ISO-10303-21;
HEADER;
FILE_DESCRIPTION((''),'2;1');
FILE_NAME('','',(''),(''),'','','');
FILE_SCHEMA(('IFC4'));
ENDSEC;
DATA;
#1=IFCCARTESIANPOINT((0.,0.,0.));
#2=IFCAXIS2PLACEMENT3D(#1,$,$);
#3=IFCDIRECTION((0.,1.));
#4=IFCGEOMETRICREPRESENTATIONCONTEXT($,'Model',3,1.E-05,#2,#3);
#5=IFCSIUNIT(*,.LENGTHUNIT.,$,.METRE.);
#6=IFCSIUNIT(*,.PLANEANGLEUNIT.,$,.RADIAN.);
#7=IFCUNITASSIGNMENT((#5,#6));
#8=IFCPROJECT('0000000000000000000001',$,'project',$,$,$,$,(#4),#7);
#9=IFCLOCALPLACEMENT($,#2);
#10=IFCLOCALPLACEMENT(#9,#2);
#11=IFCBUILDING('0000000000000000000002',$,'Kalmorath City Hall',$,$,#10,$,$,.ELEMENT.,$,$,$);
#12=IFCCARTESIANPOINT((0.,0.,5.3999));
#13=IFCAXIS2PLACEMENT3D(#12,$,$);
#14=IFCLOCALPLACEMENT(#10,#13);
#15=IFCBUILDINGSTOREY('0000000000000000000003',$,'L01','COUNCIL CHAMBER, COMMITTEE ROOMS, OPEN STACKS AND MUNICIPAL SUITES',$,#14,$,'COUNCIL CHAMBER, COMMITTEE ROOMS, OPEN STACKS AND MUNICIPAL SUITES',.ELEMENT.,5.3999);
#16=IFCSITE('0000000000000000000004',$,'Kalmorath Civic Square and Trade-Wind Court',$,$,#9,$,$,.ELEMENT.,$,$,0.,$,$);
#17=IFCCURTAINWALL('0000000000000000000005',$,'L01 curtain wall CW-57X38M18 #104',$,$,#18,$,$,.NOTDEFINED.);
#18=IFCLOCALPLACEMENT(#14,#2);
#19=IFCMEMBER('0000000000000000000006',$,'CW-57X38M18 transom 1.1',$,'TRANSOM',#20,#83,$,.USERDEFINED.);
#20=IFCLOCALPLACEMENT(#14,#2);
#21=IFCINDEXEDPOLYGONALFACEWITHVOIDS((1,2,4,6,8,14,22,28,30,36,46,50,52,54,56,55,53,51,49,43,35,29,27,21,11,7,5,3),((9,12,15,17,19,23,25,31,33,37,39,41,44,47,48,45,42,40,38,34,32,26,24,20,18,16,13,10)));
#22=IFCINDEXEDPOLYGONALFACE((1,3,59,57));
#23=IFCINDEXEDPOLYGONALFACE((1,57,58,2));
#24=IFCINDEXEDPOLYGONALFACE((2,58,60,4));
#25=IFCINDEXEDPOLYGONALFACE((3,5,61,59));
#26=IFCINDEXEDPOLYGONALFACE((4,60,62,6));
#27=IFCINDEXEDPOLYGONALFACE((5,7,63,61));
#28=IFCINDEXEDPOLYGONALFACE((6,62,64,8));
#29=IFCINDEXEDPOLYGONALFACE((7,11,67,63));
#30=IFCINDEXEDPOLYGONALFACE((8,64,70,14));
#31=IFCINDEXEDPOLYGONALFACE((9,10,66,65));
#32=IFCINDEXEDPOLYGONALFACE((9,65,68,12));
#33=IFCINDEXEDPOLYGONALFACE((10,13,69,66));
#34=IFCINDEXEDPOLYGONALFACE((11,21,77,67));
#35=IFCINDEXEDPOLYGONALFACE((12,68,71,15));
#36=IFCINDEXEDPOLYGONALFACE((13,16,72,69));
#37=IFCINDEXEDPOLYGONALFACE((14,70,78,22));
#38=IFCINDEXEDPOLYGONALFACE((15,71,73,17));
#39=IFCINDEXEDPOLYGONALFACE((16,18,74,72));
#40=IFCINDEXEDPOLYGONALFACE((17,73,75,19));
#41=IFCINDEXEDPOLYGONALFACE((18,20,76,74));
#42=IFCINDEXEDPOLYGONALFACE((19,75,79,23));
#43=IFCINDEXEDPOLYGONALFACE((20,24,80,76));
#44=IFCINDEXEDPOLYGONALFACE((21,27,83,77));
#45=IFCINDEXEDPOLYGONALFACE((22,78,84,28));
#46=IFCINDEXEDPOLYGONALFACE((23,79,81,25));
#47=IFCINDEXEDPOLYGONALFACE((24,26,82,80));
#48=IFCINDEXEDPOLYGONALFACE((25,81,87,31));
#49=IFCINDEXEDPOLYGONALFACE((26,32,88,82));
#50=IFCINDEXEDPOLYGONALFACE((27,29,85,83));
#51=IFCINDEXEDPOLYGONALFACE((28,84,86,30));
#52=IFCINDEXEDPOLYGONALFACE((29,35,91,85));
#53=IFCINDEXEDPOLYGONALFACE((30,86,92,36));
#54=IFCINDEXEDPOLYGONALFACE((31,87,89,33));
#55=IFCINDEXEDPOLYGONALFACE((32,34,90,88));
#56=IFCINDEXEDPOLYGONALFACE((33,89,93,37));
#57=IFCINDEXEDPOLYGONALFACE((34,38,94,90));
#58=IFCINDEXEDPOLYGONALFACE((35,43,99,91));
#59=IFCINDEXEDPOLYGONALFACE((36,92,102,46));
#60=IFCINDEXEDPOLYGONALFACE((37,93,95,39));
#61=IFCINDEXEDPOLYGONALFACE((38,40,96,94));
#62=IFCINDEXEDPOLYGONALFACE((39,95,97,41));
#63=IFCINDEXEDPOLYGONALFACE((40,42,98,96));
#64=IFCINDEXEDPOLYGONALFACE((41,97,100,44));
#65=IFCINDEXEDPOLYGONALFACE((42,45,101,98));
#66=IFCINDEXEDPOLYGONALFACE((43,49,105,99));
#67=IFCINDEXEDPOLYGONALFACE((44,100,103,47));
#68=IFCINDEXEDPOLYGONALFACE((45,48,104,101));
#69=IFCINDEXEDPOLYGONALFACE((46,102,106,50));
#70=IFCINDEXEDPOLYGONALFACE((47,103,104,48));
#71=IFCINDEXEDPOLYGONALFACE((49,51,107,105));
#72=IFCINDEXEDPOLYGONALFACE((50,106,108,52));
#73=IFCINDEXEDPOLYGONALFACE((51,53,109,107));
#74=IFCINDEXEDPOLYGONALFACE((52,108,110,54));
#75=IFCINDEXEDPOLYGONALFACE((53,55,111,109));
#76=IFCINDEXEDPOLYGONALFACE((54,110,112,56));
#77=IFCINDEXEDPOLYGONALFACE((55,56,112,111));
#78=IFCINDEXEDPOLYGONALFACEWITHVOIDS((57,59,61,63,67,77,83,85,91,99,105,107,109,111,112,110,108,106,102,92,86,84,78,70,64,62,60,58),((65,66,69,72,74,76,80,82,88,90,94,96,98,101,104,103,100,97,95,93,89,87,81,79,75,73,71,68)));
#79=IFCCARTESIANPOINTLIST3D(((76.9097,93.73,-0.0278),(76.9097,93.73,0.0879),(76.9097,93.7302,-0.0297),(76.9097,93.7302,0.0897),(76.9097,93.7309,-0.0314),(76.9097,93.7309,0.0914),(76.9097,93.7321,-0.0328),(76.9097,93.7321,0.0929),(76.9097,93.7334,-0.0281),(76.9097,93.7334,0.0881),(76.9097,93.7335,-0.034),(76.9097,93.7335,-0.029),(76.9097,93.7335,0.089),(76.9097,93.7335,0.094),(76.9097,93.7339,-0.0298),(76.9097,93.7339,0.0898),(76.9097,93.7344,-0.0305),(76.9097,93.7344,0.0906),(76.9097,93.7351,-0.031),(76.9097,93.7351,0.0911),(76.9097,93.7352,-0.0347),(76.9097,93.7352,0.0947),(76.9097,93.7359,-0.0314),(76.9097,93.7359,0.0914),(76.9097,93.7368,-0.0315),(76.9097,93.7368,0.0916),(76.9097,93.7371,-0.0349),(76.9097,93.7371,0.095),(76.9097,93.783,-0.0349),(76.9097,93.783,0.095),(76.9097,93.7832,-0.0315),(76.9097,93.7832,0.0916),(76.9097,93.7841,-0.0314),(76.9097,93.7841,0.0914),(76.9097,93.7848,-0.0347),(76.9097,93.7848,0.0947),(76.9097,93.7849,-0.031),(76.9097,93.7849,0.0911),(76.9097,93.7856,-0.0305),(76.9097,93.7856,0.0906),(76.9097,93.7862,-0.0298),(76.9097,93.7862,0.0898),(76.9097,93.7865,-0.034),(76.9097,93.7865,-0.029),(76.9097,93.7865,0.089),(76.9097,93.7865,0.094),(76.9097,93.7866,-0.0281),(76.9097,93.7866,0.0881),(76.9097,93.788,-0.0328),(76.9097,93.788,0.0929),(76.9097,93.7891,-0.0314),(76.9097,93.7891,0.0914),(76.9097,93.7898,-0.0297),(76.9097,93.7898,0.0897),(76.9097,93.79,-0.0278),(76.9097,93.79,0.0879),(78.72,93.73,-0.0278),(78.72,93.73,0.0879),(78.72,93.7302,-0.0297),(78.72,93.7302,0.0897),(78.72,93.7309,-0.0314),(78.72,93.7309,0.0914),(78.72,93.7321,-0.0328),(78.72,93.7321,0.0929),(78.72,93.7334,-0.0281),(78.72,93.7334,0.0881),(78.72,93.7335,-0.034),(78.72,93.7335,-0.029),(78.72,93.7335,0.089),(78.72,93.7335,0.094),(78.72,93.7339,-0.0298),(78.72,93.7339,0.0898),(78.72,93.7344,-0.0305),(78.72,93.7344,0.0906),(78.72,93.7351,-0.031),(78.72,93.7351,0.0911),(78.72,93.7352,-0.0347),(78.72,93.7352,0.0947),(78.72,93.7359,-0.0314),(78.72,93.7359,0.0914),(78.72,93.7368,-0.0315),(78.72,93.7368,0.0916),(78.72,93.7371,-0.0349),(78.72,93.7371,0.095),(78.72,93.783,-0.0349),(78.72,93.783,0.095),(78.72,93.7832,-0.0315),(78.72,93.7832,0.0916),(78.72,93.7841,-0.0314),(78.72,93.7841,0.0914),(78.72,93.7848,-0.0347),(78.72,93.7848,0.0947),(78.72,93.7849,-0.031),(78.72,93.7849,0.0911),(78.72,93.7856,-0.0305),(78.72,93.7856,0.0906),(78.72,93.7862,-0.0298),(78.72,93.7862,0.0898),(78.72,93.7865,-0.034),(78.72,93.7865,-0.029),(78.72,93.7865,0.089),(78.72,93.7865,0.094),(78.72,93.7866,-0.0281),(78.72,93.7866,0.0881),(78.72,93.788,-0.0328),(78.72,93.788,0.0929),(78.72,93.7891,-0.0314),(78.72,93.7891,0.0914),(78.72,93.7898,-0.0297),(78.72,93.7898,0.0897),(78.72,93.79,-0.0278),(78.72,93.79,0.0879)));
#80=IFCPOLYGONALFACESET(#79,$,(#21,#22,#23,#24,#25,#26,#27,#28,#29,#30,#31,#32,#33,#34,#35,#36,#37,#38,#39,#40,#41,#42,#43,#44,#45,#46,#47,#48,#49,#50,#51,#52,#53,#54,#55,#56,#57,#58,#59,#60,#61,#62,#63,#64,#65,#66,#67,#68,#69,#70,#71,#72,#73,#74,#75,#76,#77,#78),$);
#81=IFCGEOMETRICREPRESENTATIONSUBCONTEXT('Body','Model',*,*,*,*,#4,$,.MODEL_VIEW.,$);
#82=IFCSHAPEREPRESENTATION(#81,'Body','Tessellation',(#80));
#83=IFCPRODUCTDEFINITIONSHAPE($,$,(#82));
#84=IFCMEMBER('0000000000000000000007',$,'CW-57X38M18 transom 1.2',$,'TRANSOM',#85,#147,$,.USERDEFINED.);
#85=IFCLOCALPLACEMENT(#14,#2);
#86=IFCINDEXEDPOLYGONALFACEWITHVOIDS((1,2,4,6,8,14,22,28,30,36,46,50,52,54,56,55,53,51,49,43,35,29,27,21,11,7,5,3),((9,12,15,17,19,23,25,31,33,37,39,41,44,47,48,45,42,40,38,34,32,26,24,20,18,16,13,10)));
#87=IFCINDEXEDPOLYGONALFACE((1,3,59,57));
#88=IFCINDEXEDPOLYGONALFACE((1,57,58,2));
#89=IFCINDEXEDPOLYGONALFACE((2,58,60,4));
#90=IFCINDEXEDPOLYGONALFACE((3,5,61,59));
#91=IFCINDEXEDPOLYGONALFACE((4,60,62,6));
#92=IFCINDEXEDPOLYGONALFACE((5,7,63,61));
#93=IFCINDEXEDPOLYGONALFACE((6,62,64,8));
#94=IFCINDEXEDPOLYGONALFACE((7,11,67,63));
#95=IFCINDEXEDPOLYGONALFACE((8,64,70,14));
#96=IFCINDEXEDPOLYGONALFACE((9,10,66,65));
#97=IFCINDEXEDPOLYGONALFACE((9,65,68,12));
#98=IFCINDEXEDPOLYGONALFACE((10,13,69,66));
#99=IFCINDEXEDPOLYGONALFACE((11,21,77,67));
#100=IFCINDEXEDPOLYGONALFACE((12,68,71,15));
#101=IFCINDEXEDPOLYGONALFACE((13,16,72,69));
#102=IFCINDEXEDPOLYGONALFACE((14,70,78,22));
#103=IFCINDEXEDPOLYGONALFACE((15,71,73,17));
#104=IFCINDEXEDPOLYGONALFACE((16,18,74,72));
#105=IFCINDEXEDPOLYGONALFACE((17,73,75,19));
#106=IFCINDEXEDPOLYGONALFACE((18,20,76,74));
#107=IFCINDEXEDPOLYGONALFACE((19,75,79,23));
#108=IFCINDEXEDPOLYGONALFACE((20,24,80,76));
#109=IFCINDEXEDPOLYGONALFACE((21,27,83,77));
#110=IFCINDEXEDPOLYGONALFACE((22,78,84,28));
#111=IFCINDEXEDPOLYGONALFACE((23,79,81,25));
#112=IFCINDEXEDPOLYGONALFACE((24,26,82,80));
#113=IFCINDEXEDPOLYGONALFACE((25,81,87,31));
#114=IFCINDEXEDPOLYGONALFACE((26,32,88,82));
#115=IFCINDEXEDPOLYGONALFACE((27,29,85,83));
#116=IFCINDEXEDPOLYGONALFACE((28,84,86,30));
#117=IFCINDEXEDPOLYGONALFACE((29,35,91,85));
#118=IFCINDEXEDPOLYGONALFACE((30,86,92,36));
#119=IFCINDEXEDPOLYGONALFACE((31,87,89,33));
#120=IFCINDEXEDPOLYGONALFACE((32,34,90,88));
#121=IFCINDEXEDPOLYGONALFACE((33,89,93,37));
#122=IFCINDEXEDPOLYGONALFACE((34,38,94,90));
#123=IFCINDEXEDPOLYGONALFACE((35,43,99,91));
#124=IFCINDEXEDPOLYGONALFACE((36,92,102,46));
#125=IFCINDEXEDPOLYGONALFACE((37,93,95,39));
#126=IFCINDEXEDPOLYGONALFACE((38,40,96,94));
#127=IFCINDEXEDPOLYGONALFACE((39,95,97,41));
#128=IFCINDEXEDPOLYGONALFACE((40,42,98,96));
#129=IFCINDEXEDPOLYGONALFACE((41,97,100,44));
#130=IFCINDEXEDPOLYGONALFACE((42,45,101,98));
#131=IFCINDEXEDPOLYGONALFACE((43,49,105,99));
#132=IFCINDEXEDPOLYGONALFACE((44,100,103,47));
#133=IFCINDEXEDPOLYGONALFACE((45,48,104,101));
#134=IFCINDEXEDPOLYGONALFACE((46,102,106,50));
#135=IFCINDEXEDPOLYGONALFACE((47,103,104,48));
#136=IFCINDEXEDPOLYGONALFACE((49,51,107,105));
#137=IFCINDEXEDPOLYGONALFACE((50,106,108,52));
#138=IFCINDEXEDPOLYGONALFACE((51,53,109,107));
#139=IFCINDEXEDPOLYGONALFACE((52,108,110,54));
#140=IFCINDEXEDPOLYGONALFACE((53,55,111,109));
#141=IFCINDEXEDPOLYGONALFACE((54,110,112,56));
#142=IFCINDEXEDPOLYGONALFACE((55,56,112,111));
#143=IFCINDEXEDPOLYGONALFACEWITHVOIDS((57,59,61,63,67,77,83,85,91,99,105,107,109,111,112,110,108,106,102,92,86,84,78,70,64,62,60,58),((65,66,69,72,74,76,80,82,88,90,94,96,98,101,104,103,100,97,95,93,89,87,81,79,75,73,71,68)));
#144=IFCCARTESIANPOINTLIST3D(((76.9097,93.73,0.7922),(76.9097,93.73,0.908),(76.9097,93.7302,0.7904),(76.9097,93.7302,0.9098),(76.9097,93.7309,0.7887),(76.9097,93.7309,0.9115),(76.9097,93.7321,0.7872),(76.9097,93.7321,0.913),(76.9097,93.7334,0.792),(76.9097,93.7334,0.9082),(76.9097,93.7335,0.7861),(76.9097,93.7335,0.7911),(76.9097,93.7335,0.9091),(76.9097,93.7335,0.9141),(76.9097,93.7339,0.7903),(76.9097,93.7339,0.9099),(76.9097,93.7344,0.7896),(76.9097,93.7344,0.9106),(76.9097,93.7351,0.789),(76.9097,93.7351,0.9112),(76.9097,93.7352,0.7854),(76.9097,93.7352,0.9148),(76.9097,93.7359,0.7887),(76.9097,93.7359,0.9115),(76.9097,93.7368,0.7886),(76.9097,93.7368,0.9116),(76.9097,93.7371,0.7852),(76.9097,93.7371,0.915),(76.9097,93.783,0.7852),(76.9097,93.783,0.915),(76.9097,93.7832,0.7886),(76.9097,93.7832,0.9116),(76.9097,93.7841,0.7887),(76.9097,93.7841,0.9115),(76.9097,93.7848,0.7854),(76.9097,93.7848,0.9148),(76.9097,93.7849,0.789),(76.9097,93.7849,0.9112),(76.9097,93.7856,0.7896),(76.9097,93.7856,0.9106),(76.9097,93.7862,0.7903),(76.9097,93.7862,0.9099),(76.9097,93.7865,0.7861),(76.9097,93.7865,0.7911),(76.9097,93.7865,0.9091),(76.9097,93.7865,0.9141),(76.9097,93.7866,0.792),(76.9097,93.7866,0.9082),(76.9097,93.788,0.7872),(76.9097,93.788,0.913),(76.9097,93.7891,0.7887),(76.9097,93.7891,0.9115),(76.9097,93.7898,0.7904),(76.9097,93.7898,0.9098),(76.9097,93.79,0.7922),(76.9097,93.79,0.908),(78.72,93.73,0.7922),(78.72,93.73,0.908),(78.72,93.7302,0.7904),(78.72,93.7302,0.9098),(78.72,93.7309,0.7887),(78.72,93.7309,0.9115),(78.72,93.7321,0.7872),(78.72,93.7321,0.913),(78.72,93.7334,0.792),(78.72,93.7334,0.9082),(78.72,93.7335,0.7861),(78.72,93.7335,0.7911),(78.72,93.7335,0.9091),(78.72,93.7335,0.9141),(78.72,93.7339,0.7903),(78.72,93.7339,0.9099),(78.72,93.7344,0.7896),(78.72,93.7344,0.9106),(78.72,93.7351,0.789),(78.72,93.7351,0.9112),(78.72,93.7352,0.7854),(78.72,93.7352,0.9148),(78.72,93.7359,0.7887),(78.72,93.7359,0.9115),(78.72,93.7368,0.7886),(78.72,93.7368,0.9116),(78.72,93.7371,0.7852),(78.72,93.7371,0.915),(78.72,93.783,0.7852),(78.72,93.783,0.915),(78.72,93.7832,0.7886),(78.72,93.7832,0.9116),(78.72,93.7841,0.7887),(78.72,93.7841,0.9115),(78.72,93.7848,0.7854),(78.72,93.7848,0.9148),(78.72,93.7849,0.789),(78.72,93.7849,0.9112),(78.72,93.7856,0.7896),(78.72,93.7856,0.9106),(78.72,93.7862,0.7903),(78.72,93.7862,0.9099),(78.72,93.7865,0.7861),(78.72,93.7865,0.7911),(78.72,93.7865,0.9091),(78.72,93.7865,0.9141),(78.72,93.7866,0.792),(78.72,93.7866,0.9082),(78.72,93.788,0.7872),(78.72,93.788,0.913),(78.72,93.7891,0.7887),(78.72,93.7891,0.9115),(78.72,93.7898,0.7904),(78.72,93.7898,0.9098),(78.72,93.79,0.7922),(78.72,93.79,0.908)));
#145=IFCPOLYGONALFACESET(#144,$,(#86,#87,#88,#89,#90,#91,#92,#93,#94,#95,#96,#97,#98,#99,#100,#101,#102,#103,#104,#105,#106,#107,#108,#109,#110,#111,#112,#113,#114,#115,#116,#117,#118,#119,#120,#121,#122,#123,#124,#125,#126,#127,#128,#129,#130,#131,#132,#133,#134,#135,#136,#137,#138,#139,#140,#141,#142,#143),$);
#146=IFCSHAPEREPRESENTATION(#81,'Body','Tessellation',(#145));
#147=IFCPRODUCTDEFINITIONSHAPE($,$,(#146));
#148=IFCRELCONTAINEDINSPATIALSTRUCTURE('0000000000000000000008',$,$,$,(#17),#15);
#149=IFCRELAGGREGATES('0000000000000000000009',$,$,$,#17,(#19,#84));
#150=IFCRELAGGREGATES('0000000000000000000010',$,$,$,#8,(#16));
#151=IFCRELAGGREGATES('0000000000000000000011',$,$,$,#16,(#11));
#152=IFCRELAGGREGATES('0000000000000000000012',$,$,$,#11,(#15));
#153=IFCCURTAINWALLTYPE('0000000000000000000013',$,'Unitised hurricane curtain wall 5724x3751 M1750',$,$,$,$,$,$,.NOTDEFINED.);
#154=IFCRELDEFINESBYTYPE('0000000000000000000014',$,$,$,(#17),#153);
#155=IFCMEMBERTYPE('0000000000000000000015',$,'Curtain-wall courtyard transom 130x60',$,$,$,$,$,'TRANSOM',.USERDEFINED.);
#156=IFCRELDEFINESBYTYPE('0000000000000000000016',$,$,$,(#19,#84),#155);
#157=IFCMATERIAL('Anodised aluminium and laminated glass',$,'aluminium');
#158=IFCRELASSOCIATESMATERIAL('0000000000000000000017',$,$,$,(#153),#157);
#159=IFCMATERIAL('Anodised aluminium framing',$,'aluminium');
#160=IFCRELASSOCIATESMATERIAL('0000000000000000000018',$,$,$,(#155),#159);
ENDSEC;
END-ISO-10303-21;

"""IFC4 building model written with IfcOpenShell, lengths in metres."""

from ifc_helpers import new_model, si_unit, direction, frame, origin, origin_2d, place, context, subcontext, project, spatial, hollow_rectangle, extrude, material, material_profile, profile_set, type_object, element, aggregate, save


model = new_model("IFC4")

# Units and contexts
model_context = context("Model", 3, precision=1e-05, world=origin(), true_north=direction((0.0, 1.0)))
body_context = subcontext(model_context, "Body", "Model", "MODEL_VIEW")
ifc_project = project(units=[si_unit("LENGTHUNIT", "METRE"), si_unit("PLANEANGLEUNIT", "RADIAN")], contexts=[model_context])

# Site, building, storey
site_placement = place(None, origin())
site = spatial("IfcSite", under=ifc_project, at=site_placement, Name="Kalmorath Civic Square and Trade-Wind Court", CompositionType="ELEMENT", RefElevation=0.0)
building_placement = place(site_placement, origin())
building = spatial("IfcBuilding", under=site, at=building_placement, Name="Kalmorath City Hall", CompositionType="ELEMENT")
storey_placement = place(building_placement, frame((0.0, 0.0, 5.3999)))
storey = spatial("IfcBuildingStorey", under=building, at=storey_placement, Name="L01", Description="COUNCIL CHAMBER, COMMITTEE ROOMS, OPEN STACKS AND MUNICIPAL SUITES", LongName="COUNCIL CHAMBER, COMMITTEE ROOMS, OPEN STACKS AND MUNICIPAL SUITES", CompositionType="ELEMENT", Elevation=5.3999)

# Curtain wall, members
ifc_material_1 = material(Name="Anodised aluminium and laminated glass", Category="aluminium")
curtain_wall_type = type_object("IfcCurtainWallType", Name="Unitised hurricane curtain wall 5724x3751 M1750", PredefinedType="NOTDEFINED", material=ifc_material_1)
curtain_wall_placement = place(storey_placement, origin())
curtain_wall = element("IfcCurtainWall", 1, at=curtain_wall_placement, inside=storey, type_object=curtain_wall_type, Name="L01 curtain wall CW-57X38M18 #104", PredefinedType="NOTDEFINED")
ifc_material_2 = material(Name="Anodised aluminium framing", Category="aluminium")
ifc_material_profile_1 = material_profile(ifc_material_2, hollow_rectangle(XDim=0.0601, YDim=0.1299, WallThickness=0.0034, InnerFilletRadius=0.0034, OuterFilletRadius=0.0071, at=origin_2d()), Name="ALU-TRN-130X60X3.5")
ifc_profile_set_1 = profile_set([ifc_material_profile_1], Name="Anodised aluminium framing")
member_type_1 = type_object("IfcMemberType", Name="Curtain-wall courtyard transom 130x60", ElementType="TRANSOM", PredefinedType="USERDEFINED", material=ifc_profile_set_1)
member_1_placement = place(storey_placement, frame((78.72, 93.76, 0.03), z_axis=(-1.0, 0.0, 0.0), x_axis=(0.0, -1.0, 0.0)))
member_1 = element("IfcMember", 2, at=member_1_placement, type_object=member_type_1, Name="CW-57X38M18 transom 1.1", ObjectType="TRANSOM", PredefinedType="USERDEFINED", context=body_context, shape_type="SweptSolid", body=[
    extrude(hollow_rectangle(XDim=0.0601, YDim=0.1299, WallThickness=0.0034, InnerFilletRadius=0.0034, OuterFilletRadius=0.0071, at=origin_2d()), origin(), (0.0, 0.0, 1.0), 1.8103),
])
member_2_placement = place(storey_placement, frame((78.72, 93.76, 0.8501), z_axis=(-1.0, 0.0, 0.0), x_axis=(0.0, -1.0, 0.0)))
member_2 = element("IfcMember", 3, at=member_2_placement, type_object=member_type_1, Name="CW-57X38M18 transom 1.2", ObjectType="TRANSOM", PredefinedType="USERDEFINED", context=body_context, shape_type="SweptSolid", body=[
    extrude(hollow_rectangle(XDim=0.0601, YDim=0.1299, WallThickness=0.0034, InnerFilletRadius=0.0034, OuterFilletRadius=0.0071, at=origin_2d()), origin(), (0.0, 0.0, 1.0), 1.8103),
])
aggregate(curtain_wall, [member_1, member_2])

save(model, "model.ifc")
